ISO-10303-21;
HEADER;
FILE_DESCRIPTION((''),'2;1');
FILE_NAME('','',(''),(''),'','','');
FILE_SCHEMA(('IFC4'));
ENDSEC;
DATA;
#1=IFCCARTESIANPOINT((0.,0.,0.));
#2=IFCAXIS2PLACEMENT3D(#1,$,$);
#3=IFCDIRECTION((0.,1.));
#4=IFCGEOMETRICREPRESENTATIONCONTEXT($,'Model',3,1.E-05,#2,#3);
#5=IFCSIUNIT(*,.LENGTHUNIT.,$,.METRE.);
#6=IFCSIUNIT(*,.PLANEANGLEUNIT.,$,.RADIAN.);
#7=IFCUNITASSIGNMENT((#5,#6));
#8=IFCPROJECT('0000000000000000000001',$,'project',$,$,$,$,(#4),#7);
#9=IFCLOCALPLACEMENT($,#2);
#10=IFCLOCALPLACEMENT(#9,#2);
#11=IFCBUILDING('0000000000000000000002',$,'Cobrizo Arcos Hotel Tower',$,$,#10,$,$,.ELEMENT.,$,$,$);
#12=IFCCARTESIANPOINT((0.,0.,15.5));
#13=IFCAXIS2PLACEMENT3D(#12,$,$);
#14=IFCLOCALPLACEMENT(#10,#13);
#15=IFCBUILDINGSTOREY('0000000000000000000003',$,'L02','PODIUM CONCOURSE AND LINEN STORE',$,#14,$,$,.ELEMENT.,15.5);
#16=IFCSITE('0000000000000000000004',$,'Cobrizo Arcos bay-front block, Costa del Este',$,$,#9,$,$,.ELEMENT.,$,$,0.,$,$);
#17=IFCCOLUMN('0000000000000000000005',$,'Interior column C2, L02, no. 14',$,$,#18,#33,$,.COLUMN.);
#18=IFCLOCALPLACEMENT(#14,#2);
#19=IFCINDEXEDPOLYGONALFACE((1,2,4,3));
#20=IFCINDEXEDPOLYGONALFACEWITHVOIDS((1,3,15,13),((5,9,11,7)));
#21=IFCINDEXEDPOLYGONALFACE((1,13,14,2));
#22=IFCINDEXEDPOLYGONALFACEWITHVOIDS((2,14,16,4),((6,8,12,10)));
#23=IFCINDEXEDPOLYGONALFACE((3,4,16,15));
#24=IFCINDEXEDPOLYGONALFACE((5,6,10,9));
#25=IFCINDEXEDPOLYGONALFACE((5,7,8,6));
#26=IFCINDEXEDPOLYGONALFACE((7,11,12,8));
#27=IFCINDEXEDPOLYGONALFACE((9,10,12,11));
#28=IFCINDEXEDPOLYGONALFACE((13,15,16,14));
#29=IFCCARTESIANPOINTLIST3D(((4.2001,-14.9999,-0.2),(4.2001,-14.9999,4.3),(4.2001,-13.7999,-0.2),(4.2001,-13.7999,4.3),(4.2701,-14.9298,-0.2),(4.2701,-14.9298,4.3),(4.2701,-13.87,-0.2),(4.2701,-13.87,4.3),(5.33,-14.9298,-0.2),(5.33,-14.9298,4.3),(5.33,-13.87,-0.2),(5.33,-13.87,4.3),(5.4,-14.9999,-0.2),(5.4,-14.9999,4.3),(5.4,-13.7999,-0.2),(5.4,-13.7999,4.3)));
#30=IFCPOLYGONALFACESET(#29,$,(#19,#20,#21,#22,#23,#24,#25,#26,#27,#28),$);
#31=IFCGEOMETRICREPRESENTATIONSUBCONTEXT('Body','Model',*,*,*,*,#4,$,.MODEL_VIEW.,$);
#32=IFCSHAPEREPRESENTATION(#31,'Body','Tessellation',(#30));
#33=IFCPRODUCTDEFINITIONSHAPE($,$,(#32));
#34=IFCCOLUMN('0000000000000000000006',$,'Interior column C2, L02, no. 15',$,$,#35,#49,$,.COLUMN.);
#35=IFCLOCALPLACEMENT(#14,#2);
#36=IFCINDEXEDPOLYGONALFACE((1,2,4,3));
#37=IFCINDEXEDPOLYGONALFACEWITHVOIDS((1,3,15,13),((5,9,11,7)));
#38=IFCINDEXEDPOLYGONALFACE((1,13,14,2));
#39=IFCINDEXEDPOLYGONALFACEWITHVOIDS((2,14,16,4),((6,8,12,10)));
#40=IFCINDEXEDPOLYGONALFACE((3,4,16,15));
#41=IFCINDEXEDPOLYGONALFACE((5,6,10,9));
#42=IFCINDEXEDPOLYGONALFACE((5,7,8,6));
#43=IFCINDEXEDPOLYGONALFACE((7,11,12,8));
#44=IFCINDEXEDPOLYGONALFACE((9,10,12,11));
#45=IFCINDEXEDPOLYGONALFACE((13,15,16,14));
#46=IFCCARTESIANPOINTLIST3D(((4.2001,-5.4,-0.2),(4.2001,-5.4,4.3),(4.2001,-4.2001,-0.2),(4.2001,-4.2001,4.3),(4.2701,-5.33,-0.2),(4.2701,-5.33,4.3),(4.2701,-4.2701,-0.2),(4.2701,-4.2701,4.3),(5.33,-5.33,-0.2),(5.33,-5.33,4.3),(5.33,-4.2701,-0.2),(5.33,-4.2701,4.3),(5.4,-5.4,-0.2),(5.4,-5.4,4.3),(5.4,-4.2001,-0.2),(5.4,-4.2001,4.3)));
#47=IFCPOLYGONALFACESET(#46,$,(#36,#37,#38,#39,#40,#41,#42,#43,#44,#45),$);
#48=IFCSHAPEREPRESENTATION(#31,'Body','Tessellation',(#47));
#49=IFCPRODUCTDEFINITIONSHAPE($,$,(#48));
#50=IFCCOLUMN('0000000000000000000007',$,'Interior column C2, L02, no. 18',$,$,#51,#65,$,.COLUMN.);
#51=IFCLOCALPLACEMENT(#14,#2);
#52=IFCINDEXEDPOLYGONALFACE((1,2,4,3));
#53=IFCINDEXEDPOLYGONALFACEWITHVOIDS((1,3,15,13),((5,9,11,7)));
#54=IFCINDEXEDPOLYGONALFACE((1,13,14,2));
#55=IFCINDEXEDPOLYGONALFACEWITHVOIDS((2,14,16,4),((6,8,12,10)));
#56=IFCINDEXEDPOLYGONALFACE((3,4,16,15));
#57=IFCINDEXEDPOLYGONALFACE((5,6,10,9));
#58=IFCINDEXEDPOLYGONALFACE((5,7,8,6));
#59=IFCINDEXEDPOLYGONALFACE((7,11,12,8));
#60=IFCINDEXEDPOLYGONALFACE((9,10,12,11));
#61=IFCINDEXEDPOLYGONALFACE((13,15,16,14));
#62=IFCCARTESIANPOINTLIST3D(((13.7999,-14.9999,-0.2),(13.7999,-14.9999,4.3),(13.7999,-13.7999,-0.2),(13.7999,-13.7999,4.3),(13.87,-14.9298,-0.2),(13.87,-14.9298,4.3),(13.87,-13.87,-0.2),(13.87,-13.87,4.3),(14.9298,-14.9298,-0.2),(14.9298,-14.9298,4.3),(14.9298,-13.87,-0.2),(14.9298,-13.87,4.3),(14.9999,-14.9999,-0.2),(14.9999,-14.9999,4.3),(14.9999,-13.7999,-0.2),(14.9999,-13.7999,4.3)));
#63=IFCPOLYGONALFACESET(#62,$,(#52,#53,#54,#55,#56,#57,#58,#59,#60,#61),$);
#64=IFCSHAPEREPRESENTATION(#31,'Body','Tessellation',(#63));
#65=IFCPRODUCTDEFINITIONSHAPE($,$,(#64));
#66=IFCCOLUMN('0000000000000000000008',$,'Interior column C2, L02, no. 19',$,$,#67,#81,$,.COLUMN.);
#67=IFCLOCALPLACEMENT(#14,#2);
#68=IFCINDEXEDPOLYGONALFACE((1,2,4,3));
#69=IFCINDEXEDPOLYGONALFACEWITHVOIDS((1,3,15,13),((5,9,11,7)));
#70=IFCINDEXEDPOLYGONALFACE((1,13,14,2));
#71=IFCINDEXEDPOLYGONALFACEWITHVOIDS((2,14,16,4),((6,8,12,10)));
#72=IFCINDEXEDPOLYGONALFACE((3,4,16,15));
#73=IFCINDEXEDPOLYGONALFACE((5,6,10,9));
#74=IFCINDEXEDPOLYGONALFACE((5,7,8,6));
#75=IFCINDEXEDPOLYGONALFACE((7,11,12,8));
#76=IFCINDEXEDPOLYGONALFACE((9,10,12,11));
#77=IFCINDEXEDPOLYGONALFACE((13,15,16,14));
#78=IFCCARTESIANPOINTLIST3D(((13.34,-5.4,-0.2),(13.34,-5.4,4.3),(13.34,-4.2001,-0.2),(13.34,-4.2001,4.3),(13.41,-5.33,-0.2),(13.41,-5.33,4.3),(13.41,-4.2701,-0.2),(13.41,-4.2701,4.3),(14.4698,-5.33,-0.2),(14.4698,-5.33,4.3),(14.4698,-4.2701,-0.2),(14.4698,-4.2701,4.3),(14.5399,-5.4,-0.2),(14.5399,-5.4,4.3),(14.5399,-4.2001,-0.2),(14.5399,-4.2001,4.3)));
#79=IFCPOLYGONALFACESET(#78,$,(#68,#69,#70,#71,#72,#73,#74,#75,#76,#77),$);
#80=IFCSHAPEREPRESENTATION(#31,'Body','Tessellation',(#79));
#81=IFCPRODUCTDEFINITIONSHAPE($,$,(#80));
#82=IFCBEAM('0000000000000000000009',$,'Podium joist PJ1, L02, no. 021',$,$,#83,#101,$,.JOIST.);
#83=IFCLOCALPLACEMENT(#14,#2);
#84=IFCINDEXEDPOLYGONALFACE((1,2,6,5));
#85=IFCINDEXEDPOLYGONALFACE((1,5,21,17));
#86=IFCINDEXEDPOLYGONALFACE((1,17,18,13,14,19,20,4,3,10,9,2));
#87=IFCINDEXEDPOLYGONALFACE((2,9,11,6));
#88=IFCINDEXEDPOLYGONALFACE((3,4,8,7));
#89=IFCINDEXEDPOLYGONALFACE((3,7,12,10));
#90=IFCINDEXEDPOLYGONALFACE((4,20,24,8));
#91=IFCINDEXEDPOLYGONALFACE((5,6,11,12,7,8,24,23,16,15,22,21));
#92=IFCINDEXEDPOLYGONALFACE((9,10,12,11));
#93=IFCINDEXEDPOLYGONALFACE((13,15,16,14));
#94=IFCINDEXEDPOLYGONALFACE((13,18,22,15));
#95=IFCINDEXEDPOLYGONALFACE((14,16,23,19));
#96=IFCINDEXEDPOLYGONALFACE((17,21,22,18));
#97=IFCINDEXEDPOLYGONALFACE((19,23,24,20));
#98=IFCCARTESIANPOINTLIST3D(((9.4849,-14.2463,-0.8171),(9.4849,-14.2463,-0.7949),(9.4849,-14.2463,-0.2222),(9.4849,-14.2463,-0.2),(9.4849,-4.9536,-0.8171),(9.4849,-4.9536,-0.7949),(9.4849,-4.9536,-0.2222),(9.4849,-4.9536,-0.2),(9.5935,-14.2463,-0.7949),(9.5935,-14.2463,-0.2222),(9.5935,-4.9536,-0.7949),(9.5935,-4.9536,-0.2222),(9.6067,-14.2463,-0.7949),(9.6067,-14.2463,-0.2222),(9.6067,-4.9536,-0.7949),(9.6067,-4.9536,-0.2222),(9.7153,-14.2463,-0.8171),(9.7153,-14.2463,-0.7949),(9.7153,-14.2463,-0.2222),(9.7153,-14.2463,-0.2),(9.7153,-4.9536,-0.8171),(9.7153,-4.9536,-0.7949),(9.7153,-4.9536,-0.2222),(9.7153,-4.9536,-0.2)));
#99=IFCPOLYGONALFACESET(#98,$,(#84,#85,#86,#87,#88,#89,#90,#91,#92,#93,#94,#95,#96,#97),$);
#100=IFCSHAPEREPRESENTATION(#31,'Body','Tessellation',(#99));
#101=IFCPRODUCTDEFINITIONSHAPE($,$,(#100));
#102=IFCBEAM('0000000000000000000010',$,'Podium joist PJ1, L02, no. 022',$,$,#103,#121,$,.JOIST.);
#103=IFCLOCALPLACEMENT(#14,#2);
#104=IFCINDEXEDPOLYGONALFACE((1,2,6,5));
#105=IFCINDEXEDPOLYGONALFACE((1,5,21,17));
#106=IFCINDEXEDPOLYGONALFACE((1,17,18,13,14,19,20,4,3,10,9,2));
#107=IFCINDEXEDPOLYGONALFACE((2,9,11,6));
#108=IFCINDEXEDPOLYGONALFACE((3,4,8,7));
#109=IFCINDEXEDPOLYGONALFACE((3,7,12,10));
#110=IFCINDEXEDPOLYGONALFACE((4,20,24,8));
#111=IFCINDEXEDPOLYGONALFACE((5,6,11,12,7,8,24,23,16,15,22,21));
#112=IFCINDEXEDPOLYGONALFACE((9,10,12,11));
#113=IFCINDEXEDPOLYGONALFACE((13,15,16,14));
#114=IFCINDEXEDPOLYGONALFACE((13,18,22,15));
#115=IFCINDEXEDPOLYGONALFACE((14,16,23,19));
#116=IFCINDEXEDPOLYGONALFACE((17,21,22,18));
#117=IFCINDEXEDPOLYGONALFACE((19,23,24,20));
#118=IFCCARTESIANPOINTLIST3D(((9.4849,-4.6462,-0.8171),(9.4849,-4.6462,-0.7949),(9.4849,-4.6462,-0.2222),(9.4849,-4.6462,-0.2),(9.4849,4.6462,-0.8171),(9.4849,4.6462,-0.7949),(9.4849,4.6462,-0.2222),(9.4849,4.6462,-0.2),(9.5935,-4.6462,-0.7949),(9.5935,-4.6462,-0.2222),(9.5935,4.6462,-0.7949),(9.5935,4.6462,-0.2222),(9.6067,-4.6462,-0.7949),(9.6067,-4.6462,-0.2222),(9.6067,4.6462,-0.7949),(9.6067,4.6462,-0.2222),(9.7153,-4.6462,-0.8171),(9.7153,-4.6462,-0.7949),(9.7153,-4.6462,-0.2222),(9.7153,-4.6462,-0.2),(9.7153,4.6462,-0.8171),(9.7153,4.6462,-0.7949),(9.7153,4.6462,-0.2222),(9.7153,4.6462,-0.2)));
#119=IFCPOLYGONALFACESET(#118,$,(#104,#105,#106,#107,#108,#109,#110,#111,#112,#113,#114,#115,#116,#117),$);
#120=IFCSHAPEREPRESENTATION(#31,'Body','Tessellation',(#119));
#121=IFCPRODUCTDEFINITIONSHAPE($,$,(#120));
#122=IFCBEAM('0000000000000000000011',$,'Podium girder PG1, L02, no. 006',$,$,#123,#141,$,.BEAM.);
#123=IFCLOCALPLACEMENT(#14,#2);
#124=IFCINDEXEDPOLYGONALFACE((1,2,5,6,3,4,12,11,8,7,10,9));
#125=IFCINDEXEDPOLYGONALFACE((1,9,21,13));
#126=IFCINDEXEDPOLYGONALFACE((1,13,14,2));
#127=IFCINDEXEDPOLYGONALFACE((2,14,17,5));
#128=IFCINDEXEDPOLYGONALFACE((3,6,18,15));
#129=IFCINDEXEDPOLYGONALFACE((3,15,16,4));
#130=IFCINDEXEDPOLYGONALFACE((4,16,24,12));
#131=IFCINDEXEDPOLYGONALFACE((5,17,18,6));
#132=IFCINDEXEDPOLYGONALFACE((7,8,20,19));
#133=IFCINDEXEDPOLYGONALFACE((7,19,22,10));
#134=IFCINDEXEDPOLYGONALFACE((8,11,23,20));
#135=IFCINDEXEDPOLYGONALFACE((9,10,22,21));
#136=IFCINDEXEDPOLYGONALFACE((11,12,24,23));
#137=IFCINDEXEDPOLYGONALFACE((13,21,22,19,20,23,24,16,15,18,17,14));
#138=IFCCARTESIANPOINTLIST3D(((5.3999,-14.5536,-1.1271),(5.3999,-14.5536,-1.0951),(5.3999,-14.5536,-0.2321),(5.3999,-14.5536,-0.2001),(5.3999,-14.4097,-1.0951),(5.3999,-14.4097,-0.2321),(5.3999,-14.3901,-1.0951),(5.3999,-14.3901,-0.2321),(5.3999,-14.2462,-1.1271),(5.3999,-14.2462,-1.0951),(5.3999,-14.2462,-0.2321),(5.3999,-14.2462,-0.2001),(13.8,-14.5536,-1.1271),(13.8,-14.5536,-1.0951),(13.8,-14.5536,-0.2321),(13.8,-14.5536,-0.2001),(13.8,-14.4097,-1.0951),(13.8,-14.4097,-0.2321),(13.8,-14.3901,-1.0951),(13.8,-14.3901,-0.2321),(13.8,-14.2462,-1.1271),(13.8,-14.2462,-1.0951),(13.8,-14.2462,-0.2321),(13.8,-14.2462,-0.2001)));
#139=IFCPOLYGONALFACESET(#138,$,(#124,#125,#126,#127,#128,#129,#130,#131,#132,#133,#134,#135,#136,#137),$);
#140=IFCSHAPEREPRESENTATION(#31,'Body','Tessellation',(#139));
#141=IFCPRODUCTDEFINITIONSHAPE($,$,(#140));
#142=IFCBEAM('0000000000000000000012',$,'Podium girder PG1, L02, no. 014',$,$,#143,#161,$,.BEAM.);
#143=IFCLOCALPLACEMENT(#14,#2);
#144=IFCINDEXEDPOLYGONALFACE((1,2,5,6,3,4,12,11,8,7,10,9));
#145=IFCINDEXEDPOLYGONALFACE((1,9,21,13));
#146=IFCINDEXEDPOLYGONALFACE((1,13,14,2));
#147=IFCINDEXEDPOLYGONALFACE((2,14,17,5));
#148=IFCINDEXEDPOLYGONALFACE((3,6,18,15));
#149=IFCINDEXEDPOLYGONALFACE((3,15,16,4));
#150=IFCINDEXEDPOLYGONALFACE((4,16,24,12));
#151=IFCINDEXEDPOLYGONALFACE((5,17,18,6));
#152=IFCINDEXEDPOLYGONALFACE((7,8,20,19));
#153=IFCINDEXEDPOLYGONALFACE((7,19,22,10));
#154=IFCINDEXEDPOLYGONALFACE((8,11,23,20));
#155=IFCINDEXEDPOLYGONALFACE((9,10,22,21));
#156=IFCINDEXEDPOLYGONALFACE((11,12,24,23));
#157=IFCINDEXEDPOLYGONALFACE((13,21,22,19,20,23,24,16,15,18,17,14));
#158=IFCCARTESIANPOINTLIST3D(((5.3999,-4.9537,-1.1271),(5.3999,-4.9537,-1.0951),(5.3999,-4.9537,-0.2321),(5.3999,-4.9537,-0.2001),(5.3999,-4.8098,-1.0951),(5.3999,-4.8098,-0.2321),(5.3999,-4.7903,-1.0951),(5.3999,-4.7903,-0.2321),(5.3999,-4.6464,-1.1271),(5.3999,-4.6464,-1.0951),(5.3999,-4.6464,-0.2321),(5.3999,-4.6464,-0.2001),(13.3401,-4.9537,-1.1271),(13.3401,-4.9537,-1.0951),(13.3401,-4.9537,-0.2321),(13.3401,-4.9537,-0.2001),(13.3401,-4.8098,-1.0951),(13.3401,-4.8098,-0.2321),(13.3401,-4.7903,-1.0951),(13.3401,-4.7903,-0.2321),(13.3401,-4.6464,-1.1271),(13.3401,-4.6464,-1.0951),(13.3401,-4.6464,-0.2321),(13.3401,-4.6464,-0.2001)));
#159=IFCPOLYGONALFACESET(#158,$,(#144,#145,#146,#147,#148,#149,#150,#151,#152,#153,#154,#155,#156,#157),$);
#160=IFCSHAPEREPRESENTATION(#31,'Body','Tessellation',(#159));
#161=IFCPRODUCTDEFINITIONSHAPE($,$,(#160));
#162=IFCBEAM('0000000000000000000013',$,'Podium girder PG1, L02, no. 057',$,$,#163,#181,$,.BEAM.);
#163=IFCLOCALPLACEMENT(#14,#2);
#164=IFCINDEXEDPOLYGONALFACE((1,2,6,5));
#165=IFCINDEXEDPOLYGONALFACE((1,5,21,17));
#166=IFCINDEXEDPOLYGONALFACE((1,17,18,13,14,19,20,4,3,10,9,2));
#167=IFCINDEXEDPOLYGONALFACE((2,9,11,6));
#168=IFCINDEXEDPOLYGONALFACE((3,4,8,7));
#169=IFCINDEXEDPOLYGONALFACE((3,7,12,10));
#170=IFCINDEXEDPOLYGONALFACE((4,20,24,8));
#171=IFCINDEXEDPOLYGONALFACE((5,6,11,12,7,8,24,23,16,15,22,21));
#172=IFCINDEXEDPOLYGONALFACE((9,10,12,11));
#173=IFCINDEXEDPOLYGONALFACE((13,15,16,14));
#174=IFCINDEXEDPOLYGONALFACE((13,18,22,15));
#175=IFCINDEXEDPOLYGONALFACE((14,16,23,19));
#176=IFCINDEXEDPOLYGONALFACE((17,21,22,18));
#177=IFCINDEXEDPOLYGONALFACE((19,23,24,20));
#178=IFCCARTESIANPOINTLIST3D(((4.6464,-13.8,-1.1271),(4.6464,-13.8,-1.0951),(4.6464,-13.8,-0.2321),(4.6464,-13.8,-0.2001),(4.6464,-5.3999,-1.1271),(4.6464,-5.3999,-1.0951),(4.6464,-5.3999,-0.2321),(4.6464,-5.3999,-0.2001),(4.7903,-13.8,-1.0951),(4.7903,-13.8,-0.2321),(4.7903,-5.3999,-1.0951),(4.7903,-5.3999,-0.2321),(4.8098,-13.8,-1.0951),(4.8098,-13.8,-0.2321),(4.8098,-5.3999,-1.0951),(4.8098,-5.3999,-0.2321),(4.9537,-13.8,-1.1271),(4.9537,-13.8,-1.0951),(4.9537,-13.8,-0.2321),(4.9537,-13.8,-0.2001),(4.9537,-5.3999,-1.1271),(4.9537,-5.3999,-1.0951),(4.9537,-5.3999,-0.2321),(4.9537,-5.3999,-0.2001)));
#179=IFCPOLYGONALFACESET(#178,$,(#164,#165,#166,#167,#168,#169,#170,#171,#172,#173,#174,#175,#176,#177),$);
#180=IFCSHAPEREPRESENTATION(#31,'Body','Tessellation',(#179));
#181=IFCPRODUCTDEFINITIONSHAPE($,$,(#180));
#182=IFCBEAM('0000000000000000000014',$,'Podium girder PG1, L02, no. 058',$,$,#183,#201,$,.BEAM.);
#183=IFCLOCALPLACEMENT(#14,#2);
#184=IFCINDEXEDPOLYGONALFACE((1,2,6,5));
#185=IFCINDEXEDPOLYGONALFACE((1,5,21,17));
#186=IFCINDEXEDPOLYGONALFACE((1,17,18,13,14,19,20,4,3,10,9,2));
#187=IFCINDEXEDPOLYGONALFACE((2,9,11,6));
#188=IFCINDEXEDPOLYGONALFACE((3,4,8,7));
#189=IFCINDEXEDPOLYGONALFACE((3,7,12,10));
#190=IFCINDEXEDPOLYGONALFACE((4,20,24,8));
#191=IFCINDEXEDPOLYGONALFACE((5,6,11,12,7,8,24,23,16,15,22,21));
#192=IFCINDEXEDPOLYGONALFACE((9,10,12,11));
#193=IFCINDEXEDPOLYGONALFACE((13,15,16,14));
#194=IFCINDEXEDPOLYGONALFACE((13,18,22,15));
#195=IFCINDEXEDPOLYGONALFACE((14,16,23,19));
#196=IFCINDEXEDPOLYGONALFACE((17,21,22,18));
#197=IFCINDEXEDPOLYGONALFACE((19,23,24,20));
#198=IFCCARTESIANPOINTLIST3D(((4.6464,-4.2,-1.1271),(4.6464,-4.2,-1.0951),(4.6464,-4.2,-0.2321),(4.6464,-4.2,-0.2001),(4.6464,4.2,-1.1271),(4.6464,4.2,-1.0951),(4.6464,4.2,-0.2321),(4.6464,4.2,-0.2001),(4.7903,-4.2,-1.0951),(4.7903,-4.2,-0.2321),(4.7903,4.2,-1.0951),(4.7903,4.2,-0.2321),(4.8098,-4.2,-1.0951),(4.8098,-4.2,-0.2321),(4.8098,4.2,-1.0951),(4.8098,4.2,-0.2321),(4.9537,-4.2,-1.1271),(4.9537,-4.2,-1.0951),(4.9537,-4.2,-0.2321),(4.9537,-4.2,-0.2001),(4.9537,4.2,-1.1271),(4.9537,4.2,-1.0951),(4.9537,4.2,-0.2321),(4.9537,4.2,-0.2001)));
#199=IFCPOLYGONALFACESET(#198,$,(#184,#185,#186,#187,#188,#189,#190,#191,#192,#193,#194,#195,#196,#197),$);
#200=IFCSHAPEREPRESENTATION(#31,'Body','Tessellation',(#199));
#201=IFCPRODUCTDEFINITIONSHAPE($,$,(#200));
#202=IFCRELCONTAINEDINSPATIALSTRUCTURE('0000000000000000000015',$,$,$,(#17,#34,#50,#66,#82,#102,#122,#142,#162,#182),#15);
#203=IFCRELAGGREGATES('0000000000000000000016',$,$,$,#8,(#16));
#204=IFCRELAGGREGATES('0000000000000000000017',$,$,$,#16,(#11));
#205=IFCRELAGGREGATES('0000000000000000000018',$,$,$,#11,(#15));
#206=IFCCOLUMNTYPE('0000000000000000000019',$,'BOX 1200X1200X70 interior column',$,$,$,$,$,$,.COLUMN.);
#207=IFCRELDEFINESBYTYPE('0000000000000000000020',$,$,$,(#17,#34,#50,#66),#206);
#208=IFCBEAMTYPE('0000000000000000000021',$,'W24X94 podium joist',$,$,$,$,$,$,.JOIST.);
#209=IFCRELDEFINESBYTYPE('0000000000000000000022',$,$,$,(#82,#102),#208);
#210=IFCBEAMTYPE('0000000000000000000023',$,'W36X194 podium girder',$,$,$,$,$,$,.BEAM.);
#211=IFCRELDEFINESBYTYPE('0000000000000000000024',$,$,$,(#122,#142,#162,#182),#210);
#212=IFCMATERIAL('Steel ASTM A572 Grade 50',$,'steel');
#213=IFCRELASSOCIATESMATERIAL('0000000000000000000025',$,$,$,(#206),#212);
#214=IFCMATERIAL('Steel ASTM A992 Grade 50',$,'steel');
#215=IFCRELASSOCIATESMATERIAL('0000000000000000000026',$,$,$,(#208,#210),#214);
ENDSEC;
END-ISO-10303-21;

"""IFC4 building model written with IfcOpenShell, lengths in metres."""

from ifc_helpers import new_model, si_unit, direction, frame, origin, origin_2d, place, context, subcontext, project, spatial, hollow_rectangle, i_section, extrude, material, material_profile, profile_set, type_object, element, save


model = new_model("IFC4")

# Units and contexts
model_context = context("Model", 3, precision=1e-05, world=origin(), true_north=direction((0.0, 1.0)))
body_context = subcontext(model_context, "Body", "Model", "MODEL_VIEW")
ifc_project = project(units=[si_unit("LENGTHUNIT", "METRE"), si_unit("PLANEANGLEUNIT", "RADIAN")], contexts=[model_context])

# Site, building, storey
site_placement = place(None, origin())
site = spatial("IfcSite", under=ifc_project, at=site_placement, Name="Cobrizo Arcos bay-front block, Costa del Este", CompositionType="ELEMENT", RefElevation=0.0)
building_placement = place(site_placement, origin())
building = spatial("IfcBuilding", under=site, at=building_placement, Name="Cobrizo Arcos Hotel Tower", CompositionType="ELEMENT")
storey_placement = place(building_placement, frame((0.0, 0.0, 15.5)))
storey = spatial("IfcBuildingStorey", under=building, at=storey_placement, Name="L02", Description="PODIUM CONCOURSE AND LINEN STORE", CompositionType="ELEMENT", Elevation=15.5)

# Columns
ifc_material_1 = material(Name="Steel ASTM A572 Grade 50", Category="steel")
ifc_material_profile_1 = material_profile(ifc_material_1, hollow_rectangle(XDim=1.2, YDim=1.2, WallThickness=0.0701, at=origin_2d()), Name="BOX 1200X1200X70")
ifc_profile_set_1 = profile_set([ifc_material_profile_1], Name="Steel ASTM A572 Grade 50")
column_type = type_object("IfcColumnType", Name="BOX 1200X1200X70 interior column", PredefinedType="COLUMN", material=ifc_profile_set_1)
for number, where, z_axis, x_axis, name in (
    (1, (4.8, -14.3999, -0.2), (0.0, 0.0, 1.0), (1.0, 0.0, 0.0), "Interior column C2, L02, no. 14"),
    (2, (4.8, -4.8, -0.2), (0.0, 0.0, 1.0), (1.0, 0.0, 0.0), "Interior column C2, L02, no. 15"),
    (3, (14.3999, -14.3999, -0.2), (0.0, 0.0, 1.0), (1.0, 0.0, 0.0), "Interior column C2, L02, no. 18"),
    (4, (13.9399, -4.8, -0.2), (0.0, 0.0, 1.0), (1.0, 0.0, 0.0), "Interior column C2, L02, no. 19"),
):
    element("IfcColumn", number, at=place(storey_placement, frame(where, z_axis=z_axis, x_axis=x_axis)), inside=storey, type_object=column_type, Name=name, PredefinedType="COLUMN", context=body_context, shape_type="SweptSolid", body=[
        extrude(hollow_rectangle(XDim=1.2, YDim=1.2, WallThickness=0.0701, at=origin_2d()), origin(), (0.0, 0.0, 1.0), 4.5),
    ])

# Beams
ifc_material_2 = material(Name="Steel ASTM A992 Grade 50", Category="steel")
ifc_material_profile_2 = material_profile(ifc_material_2, i_section(OverallWidth=0.2305, OverallDepth=0.6172, WebThickness=0.0132, FlangeThickness=0.0222, at=origin_2d()), Name="W24X94")
ifc_profile_set_2 = profile_set([ifc_material_profile_2], Name="Steel ASTM A992 Grade 50")
beam_type_1 = type_object("IfcBeamType", Name="W24X94 podium joist", PredefinedType="JOIST", material=ifc_profile_set_2)
beam_1_placement = place(storey_placement, frame((9.6001, -14.2463, -0.5085), z_axis=(0.0, 1.0, 0.0), x_axis=(-1.0, 0.0, 0.0)))
element("IfcBeam", 5, at=beam_1_placement, inside=storey, type_object=beam_type_1, Name="Podium joist PJ1, L02, no. 021", PredefinedType="JOIST", context=body_context, shape_type="SweptSolid", body=[
    extrude(i_section(OverallWidth=0.2305, OverallDepth=0.6172, WebThickness=0.0132, FlangeThickness=0.0222, at=origin_2d()), origin(), (0.0, 0.0, 1.0), 9.2927),
])
beam_2_placement = place(storey_placement, frame((9.6001, -4.6462, -0.5085), z_axis=(0.0, 1.0, 0.0), x_axis=(-1.0, 0.0, 0.0)))
element("IfcBeam", 6, at=beam_2_placement, inside=storey, type_object=beam_type_1, Name="Podium joist PJ1, L02, no. 022", PredefinedType="JOIST", context=body_context, shape_type="SweptSolid", body=[
    extrude(i_section(OverallWidth=0.2305, OverallDepth=0.6172, WebThickness=0.0132, FlangeThickness=0.0222, at=origin_2d()), origin(), (0.0, 0.0, 1.0), 9.2925),
])
ifc_material_profile_3 = material_profile(ifc_material_2, i_section(OverallWidth=0.3074, OverallDepth=0.927, WebThickness=0.0195, FlangeThickness=0.032, at=origin_2d()), Name="W36X194")
ifc_profile_set_3 = profile_set([ifc_material_profile_3], Name="Steel ASTM A992 Grade 50")
beam_type_2 = type_object("IfcBeamType", Name="W36X194 podium girder", PredefinedType="BEAM", material=ifc_profile_set_3)
beam_3_placement = place(storey_placement, frame((5.3999, -14.3999, -0.6636), z_axis=(1.0, 0.0, 0.0), x_axis=(0.0, 1.0, 0.0)))
element("IfcBeam", 7, at=beam_3_placement, inside=storey, type_object=beam_type_2, Name="Podium girder PG1, L02, no. 006", PredefinedType="BEAM", context=body_context, shape_type="SweptSolid", body=[
    extrude(i_section(OverallWidth=0.3074, OverallDepth=0.927, WebThickness=0.0195, FlangeThickness=0.032, at=origin_2d()), origin(), (0.0, 0.0, 1.0), 8.4001),
])
beam_4_placement = place(storey_placement, frame((5.3999, -4.8, -0.6636), z_axis=(1.0, 0.0, 0.0), x_axis=(0.0, 1.0, 0.0)))
element("IfcBeam", 8, at=beam_4_placement, inside=storey, type_object=beam_type_2, Name="Podium girder PG1, L02, no. 014", PredefinedType="BEAM", context=body_context, shape_type="SweptSolid", body=[
    extrude(i_section(OverallWidth=0.3074, OverallDepth=0.927, WebThickness=0.0195, FlangeThickness=0.032, at=origin_2d()), origin(), (0.0, 0.0, 1.0), 7.9402),
])
beam_5_placement = place(storey_placement, frame((4.8, -13.8, -0.6636), z_axis=(0.0, 1.0, 0.0), x_axis=(-1.0, 0.0, 0.0)))
element("IfcBeam", 9, at=beam_5_placement, inside=storey, type_object=beam_type_2, Name="Podium girder PG1, L02, no. 057", PredefinedType="BEAM", context=body_context, shape_type="SweptSolid", body=[
    extrude(i_section(OverallWidth=0.3074, OverallDepth=0.927, WebThickness=0.0195, FlangeThickness=0.032, at=origin_2d()), origin(), (0.0, 0.0, 1.0), 8.4001),
])
beam_6_placement = place(storey_placement, frame((4.8, -4.2, -0.6636), z_axis=(0.0, 1.0, 0.0), x_axis=(-1.0, 0.0, 0.0)))
element("IfcBeam", 10, at=beam_6_placement, inside=storey, type_object=beam_type_2, Name="Podium girder PG1, L02, no. 058", PredefinedType="BEAM", context=body_context, shape_type="SweptSolid", body=[
    extrude(i_section(OverallWidth=0.3074, OverallDepth=0.927, WebThickness=0.0195, FlangeThickness=0.032, at=origin_2d()), origin(), (0.0, 0.0, 1.0), 8.3999),
])

save(model, "model.ifc")
